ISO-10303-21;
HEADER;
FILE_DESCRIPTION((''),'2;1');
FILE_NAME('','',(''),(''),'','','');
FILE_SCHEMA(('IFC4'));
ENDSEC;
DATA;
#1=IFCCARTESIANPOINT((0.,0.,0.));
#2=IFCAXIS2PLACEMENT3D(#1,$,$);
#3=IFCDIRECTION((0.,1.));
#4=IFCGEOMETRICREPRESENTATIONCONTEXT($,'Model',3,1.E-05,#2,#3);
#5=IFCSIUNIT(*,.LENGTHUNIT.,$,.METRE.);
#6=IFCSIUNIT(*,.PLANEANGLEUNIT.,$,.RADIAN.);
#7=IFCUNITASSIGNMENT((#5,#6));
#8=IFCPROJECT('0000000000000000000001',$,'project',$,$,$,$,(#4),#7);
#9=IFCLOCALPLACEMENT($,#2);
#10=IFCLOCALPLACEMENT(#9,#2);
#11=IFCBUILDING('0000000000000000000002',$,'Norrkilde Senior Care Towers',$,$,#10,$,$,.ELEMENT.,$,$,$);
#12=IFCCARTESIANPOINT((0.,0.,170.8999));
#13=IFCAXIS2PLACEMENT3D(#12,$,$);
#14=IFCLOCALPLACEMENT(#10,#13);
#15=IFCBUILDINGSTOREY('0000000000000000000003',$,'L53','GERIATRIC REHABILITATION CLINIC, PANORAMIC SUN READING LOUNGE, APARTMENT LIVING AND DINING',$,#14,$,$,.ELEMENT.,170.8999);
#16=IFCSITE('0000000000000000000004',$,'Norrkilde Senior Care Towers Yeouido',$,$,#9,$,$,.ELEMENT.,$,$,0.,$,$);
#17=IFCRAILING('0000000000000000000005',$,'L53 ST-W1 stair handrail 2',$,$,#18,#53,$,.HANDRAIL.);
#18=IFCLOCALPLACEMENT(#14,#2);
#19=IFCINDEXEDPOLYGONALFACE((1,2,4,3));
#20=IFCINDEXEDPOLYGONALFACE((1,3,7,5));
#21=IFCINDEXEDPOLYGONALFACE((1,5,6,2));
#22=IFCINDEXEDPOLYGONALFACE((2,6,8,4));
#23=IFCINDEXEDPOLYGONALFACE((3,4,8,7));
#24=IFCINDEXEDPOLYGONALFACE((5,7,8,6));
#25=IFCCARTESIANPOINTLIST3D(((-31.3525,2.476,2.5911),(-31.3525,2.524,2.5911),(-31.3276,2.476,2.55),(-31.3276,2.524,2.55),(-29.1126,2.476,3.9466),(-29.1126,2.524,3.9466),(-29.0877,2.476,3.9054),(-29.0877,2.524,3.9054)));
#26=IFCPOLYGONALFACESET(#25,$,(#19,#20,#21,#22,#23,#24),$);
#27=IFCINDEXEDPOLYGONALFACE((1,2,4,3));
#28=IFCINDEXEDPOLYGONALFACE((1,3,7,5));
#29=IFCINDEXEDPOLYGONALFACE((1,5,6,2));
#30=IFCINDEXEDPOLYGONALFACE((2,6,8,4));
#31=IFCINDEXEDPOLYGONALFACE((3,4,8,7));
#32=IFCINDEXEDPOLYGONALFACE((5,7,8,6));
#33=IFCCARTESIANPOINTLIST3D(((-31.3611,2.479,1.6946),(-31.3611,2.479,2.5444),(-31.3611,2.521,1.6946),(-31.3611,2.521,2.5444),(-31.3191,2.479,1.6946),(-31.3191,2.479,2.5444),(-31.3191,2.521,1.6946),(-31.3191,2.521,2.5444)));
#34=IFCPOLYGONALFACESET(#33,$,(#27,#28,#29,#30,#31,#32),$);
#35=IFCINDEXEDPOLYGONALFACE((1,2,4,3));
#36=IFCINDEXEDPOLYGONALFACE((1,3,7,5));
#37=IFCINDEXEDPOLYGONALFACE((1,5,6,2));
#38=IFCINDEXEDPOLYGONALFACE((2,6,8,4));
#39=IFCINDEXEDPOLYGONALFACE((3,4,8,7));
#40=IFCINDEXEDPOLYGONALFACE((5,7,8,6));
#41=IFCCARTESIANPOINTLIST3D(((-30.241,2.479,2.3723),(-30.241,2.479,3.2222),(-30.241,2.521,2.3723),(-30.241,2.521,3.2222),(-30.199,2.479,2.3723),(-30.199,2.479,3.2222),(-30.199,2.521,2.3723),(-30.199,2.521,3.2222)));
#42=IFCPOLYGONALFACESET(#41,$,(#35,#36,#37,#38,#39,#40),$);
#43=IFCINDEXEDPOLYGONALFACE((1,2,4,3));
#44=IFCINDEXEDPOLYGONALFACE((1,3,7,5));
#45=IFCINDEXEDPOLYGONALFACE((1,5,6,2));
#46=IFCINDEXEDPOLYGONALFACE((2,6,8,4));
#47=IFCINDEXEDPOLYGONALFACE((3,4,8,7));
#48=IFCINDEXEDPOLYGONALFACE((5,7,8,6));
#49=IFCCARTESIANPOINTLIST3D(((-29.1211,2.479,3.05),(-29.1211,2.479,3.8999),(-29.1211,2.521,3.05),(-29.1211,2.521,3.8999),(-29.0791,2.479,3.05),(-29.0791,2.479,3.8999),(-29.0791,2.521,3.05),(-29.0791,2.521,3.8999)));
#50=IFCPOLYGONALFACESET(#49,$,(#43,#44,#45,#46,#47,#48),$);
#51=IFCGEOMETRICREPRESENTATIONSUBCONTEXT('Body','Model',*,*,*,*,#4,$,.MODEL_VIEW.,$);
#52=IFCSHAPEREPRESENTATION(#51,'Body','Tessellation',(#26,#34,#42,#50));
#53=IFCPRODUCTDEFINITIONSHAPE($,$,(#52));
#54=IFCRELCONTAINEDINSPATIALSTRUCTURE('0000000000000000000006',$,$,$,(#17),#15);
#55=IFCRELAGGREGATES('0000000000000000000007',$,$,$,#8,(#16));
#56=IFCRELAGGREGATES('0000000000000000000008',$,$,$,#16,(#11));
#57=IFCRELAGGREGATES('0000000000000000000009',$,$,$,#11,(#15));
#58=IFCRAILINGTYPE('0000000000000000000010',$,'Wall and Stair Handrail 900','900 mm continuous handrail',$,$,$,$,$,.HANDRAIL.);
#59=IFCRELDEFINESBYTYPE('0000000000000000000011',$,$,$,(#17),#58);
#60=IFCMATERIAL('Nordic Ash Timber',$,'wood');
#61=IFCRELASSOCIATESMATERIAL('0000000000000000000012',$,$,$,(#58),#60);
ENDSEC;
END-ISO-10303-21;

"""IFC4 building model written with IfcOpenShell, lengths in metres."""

from ifc_helpers import new_model, si_unit, direction, frame, origin, origin_2d, place, context, subcontext, project, spatial, rectangle, extrude, material, type_object, element, save


model = new_model("IFC4")

# Units and contexts
model_context = context("Model", 3, precision=1e-05, world=origin(), true_north=direction((0.0, 1.0)))
body_context = subcontext(model_context, "Body", "Model", "MODEL_VIEW")
ifc_project = project(units=[si_unit("LENGTHUNIT", "METRE"), si_unit("PLANEANGLEUNIT", "RADIAN")], contexts=[model_context])

# Site, building, storey
site_placement = place(None, origin())
site = spatial("IfcSite", under=ifc_project, at=site_placement, Name="Norrkilde Senior Care Towers Yeouido", CompositionType="ELEMENT", RefElevation=0.0)
building_placement = place(site_placement, origin())
building = spatial("IfcBuilding", under=site, at=building_placement, Name="Norrkilde Senior Care Towers", CompositionType="ELEMENT")
storey_placement = place(building_placement, frame((0.0, 0.0, 170.8999)))
storey = spatial("IfcBuildingStorey", under=building, at=storey_placement, Name="L53", Description="GERIATRIC REHABILITATION CLINIC, PANORAMIC SUN READING LOUNGE, APARTMENT LIVING AND DINING", CompositionType="ELEMENT", Elevation=170.8999)

# Shared definitions
ifc_material_1 = material(Name="Nordic Ash Timber", Category="wood")

# Railing
railing_type_1 = type_object("IfcRailingType", Name="Wall and Stair Handrail 900", Description="900 mm continuous handrail", PredefinedType="HANDRAIL", material=ifc_material_1)
railing_1_placement = place(storey_placement, frame((-31.3401, 2.5, 1.6946)))
element("IfcRailing", 1, at=railing_1_placement, inside=storey, type_object=railing_type_1, Name="L53 ST-W1 stair handrail 2", PredefinedType="HANDRAIL", context=body_context, shape_type="SweptSolid", body=[
    extrude(rectangle(XDim=0.0481, YDim=0.0481, at=origin_2d()), frame((0.0, 0.0, 0.876), z_axis=(0.855553, 0.0, 0.517715), x_axis=(0.0, 1.0, 0.0)), (0.0, 0.0, 1.0), 2.6182),
    extrude(rectangle(XDim=0.042, YDim=0.042, at=origin_2d()), origin(), (0.0, 0.0, 1.0), 0.8499),
    extrude(rectangle(XDim=0.042, YDim=0.042, at=origin_2d()), frame((1.1201, 0.0, 0.6777)), (0.0, 0.0, 1.0), 0.8499),
    extrude(rectangle(XDim=0.042, YDim=0.042, at=origin_2d()), frame((2.24, 0.0, 1.3555)), (0.0, 0.0, 1.0), 0.8499),
])

save(model, "model.ifc")
